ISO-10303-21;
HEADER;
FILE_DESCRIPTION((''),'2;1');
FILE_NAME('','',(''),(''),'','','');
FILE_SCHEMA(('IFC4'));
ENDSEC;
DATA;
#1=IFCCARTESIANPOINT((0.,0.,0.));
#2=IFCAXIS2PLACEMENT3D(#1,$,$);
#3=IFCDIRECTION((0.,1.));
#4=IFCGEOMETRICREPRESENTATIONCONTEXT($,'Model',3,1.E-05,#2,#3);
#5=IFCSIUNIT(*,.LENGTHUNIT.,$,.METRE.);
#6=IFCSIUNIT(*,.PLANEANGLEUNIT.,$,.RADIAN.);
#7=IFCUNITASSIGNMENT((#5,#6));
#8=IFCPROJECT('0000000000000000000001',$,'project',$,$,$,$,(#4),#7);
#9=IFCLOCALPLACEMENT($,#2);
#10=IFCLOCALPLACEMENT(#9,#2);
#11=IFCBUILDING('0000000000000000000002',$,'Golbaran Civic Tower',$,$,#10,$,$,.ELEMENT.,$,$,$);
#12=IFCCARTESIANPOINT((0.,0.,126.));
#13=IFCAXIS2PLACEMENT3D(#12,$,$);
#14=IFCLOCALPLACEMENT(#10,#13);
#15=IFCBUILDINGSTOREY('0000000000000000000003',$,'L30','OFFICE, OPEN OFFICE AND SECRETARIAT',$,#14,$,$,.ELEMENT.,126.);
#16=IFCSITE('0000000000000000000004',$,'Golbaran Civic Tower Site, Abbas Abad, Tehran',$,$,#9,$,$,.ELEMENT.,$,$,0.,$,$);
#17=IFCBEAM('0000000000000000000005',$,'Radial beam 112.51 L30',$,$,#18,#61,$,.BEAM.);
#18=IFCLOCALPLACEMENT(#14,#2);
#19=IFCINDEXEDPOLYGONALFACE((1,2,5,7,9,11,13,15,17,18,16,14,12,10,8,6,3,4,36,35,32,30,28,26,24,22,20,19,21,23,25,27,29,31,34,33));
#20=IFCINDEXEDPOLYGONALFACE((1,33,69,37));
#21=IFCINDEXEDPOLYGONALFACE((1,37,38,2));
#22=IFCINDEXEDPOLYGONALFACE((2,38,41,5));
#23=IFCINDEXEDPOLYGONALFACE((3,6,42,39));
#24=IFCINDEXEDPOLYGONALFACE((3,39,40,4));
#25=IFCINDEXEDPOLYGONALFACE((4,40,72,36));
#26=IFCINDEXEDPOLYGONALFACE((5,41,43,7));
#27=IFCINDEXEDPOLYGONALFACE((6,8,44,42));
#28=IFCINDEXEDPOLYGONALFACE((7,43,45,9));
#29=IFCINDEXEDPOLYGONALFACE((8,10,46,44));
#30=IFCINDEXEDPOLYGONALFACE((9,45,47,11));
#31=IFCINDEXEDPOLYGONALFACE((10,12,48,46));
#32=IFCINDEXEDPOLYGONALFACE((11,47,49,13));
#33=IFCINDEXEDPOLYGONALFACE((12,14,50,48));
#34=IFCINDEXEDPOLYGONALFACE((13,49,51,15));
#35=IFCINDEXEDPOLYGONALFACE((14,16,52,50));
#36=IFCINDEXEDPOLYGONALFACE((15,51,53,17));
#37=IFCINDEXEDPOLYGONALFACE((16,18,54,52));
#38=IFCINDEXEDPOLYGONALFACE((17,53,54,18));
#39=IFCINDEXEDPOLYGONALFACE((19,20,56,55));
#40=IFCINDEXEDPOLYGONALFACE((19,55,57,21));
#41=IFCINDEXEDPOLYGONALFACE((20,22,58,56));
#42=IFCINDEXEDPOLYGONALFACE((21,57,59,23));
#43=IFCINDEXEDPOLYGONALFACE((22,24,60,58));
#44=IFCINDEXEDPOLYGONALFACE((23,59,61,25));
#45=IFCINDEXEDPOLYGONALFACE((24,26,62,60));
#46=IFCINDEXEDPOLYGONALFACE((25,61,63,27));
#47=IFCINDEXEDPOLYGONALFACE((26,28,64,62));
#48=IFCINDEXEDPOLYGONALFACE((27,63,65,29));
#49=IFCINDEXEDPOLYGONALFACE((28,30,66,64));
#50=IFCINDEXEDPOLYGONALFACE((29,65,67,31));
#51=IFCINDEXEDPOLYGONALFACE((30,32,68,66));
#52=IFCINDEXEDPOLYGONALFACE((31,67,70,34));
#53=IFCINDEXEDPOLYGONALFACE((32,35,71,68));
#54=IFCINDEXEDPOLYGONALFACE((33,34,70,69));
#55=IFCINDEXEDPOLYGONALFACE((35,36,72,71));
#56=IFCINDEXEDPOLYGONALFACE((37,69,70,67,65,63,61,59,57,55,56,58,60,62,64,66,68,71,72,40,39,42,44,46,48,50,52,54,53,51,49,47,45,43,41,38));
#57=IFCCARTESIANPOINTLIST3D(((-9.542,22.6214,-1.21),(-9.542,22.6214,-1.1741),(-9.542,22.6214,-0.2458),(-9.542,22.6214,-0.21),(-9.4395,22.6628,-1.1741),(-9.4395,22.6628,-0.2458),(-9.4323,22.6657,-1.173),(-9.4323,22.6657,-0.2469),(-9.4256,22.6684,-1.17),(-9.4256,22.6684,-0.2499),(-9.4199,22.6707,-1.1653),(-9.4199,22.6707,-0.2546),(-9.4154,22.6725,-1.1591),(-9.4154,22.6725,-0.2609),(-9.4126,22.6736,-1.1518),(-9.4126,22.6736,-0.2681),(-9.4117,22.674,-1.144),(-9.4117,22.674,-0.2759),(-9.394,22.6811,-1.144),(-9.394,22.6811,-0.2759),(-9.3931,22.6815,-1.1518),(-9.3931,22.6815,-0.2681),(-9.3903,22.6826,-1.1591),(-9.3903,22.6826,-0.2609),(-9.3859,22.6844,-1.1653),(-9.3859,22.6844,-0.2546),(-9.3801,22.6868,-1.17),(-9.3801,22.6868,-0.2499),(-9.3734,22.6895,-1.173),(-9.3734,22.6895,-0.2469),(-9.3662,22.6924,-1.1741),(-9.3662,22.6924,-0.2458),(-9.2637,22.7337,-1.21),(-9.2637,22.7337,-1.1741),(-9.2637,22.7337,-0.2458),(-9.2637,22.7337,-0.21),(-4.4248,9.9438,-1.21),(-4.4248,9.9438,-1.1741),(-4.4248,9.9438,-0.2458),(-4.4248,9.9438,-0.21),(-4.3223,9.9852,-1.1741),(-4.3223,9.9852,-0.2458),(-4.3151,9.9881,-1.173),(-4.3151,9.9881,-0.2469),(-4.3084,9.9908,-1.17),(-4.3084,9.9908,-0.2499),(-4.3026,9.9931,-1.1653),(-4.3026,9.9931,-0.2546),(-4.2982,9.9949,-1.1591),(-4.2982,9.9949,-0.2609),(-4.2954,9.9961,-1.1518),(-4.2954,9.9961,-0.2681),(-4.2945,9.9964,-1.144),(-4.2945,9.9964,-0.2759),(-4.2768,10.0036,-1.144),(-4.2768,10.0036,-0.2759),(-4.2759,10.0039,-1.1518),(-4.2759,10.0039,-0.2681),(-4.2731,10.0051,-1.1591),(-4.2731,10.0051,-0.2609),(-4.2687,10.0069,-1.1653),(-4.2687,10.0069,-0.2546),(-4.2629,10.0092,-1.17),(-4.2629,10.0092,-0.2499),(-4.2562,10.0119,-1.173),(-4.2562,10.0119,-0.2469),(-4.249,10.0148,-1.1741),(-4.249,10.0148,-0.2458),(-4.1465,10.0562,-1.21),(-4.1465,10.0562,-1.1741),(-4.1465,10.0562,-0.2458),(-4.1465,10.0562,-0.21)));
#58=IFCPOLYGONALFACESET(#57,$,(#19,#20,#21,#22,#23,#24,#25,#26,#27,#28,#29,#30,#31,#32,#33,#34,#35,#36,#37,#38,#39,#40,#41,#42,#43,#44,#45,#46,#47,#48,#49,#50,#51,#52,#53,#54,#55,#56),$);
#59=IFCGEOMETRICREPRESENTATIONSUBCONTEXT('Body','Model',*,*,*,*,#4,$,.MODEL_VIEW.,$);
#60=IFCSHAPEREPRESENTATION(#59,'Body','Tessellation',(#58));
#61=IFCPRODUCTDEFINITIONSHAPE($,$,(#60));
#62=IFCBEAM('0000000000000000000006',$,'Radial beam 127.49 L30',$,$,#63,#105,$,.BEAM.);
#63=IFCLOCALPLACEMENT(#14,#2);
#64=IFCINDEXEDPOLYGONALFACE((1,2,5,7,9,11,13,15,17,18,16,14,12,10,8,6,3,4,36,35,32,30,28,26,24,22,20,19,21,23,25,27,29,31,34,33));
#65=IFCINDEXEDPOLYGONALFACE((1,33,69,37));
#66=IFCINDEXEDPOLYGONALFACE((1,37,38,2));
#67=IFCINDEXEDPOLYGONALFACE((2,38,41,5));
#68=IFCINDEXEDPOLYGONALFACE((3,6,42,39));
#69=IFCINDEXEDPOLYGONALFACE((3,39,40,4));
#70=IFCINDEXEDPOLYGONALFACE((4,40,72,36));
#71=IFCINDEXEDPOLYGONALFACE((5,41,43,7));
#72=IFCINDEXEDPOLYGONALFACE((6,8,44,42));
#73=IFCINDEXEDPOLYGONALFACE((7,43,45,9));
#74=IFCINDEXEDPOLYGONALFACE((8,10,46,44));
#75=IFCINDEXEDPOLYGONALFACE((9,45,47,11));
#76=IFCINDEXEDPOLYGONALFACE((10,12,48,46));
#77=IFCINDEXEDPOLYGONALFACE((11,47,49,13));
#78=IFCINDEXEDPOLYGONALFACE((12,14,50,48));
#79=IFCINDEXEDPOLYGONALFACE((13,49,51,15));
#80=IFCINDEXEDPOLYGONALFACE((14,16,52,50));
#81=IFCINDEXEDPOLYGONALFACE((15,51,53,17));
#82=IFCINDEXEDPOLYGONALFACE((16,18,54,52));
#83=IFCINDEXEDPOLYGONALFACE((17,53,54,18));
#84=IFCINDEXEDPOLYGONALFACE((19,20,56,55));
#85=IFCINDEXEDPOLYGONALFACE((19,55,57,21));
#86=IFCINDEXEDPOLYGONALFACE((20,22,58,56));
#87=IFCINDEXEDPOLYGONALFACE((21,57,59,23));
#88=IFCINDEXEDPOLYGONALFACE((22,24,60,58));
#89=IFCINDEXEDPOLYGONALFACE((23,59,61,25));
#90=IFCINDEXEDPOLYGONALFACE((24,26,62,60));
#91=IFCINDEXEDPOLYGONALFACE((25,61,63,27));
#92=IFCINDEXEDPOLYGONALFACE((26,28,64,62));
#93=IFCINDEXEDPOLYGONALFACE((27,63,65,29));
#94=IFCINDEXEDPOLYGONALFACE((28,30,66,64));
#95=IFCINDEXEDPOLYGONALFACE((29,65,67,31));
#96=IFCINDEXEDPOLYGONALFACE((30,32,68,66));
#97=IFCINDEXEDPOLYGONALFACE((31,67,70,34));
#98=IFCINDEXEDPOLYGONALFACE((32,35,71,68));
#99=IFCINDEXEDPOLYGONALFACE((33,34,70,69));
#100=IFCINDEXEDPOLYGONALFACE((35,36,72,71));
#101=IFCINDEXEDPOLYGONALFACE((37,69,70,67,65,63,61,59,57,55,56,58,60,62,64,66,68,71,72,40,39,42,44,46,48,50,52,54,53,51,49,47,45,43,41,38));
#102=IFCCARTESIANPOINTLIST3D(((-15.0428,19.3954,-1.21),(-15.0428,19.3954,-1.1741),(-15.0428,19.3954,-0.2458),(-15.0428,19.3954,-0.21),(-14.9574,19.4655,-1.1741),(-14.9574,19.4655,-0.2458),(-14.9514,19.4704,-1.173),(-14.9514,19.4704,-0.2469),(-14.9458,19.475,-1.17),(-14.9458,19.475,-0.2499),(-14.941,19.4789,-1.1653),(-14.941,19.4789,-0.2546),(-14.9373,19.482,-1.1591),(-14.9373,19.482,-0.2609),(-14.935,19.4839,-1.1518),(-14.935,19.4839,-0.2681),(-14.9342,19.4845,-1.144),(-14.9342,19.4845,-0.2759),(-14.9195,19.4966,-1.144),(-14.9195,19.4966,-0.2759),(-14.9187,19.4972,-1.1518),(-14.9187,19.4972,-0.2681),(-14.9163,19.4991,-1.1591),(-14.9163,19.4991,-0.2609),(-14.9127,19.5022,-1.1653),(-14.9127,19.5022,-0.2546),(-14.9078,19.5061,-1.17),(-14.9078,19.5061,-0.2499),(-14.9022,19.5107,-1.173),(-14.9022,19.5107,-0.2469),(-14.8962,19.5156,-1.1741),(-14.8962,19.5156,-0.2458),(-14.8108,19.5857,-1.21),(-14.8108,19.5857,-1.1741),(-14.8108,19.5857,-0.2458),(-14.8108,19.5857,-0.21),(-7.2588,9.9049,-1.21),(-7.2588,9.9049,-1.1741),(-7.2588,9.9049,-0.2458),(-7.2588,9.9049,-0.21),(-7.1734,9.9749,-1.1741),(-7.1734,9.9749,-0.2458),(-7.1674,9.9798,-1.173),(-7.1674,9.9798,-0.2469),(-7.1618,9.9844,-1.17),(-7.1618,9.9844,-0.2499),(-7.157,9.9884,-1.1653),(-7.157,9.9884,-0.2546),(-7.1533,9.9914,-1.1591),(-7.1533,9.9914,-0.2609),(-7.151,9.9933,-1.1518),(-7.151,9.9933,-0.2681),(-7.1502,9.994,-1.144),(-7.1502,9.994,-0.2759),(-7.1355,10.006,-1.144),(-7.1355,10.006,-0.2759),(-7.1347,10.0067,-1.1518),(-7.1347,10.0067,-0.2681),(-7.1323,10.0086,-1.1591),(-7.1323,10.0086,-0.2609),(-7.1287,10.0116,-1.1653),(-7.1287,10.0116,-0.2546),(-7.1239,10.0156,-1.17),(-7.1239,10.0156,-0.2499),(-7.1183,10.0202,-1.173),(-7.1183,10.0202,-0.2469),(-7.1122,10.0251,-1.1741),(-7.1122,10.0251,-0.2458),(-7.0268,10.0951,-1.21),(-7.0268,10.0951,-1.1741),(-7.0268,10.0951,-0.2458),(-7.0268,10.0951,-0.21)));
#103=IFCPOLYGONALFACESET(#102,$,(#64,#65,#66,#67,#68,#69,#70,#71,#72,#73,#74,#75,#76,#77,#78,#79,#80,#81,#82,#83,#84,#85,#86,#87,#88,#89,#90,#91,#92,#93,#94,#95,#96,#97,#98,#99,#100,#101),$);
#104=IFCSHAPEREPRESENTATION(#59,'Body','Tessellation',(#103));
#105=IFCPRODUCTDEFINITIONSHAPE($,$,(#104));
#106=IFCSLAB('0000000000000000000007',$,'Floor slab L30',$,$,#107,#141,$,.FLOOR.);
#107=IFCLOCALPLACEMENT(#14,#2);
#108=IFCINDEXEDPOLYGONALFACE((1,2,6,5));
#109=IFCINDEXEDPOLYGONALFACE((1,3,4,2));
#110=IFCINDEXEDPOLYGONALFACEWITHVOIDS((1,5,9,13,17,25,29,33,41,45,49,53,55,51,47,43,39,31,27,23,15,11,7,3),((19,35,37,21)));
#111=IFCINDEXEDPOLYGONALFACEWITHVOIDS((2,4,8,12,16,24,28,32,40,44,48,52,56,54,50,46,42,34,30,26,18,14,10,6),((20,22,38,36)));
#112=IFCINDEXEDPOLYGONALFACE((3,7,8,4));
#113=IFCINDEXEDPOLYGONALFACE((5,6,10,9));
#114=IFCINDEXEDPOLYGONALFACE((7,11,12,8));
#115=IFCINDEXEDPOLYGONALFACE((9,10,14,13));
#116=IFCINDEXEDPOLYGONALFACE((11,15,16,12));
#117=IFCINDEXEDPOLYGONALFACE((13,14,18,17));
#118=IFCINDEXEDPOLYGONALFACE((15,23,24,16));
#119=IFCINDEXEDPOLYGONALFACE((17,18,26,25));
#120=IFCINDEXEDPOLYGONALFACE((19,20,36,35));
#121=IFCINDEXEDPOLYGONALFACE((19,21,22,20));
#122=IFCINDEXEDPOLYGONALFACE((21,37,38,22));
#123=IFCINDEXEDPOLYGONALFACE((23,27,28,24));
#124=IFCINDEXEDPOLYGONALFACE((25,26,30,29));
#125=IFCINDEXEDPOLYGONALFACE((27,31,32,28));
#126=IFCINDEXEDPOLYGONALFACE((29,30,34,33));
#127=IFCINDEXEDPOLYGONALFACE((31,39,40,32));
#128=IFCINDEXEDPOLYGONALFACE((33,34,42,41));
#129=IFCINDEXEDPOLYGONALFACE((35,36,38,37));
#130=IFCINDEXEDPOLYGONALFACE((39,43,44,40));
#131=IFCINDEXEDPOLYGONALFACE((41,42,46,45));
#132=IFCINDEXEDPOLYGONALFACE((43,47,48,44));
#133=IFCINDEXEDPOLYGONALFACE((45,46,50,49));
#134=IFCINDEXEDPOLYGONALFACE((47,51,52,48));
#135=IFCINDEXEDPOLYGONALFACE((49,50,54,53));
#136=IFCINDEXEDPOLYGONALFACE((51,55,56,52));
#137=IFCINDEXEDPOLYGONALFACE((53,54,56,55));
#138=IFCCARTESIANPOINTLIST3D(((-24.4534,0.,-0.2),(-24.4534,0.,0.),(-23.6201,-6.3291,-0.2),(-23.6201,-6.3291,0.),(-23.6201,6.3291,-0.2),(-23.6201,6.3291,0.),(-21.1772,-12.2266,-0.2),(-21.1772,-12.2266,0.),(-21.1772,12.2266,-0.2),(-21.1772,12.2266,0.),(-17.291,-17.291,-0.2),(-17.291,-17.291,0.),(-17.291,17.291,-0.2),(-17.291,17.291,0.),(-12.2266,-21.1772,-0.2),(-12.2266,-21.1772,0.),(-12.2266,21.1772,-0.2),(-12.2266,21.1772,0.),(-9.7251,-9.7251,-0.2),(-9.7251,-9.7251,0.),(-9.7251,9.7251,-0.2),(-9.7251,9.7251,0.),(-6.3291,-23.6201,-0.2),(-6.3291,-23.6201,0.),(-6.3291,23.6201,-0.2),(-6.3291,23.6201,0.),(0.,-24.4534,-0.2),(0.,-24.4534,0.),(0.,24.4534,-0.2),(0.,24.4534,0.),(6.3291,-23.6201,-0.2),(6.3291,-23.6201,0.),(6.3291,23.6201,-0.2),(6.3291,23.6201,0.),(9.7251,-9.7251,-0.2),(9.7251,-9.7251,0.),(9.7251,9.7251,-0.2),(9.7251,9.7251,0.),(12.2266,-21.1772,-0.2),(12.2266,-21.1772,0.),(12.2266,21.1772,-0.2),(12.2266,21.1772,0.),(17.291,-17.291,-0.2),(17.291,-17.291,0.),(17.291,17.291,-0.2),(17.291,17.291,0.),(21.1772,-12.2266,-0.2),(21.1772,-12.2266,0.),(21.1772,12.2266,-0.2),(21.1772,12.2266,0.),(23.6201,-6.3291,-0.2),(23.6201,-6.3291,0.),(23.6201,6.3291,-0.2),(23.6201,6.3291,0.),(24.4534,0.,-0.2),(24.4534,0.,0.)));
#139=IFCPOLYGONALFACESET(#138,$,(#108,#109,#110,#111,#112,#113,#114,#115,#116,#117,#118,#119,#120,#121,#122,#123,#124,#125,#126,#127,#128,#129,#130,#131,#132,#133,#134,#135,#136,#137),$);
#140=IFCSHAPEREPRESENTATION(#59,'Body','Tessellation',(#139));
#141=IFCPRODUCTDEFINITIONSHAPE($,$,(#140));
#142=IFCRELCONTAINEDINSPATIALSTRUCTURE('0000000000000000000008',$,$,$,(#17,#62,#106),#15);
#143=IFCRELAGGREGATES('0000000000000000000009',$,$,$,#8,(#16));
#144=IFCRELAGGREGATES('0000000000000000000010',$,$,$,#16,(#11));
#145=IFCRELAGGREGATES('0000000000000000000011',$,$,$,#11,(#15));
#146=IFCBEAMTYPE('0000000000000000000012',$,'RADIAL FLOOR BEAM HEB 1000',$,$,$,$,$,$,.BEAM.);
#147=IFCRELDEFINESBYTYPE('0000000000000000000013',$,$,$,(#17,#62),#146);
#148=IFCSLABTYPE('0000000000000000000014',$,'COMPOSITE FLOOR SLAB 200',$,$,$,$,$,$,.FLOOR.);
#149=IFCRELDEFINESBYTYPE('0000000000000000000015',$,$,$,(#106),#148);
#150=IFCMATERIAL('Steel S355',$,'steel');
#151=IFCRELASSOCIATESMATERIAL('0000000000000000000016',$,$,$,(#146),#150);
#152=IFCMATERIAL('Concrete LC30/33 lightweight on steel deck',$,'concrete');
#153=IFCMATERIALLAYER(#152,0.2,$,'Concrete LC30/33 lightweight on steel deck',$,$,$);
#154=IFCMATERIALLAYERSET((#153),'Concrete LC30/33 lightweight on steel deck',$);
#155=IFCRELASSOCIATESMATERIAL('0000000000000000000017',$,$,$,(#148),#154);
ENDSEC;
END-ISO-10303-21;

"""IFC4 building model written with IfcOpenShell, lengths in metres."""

from ifc_helpers import new_model, si_unit, direction, frame, origin, origin_2d, place, context, subcontext, project, spatial, polyline, i_section, outline, extrude, material, layer, layer_set, material_profile, profile_set, type_object, element, save


model = new_model("IFC4")

# Units and contexts
model_context = context("Model", 3, precision=1e-05, world=origin(), true_north=direction((0.0, 1.0)))
body_context = subcontext(model_context, "Body", "Model", "MODEL_VIEW")
ifc_project = project(units=[si_unit("LENGTHUNIT", "METRE"), si_unit("PLANEANGLEUNIT", "RADIAN")], contexts=[model_context])

# Site, building, storey
site_placement = place(None, origin())
site = spatial("IfcSite", under=ifc_project, at=site_placement, Name="Golbaran Civic Tower Site, Abbas Abad, Tehran", CompositionType="ELEMENT", RefElevation=0.0)
building_placement = place(site_placement, origin())
building = spatial("IfcBuilding", under=site, at=building_placement, Name="Golbaran Civic Tower", CompositionType="ELEMENT")
storey_placement = place(building_placement, frame((0.0, 0.0, 126.0)))
storey = spatial("IfcBuildingStorey", under=building, at=storey_placement, Name="L30", Description="OFFICE, OPEN OFFICE AND SECRETARIAT", CompositionType="ELEMENT", Elevation=126.0)

# Beams
ifc_material_1 = material(Name="Steel S355", Category="steel")
ifc_material_profile_1 = material_profile(ifc_material_1, i_section(OverallWidth=0.3, OverallDepth=1.0, WebThickness=0.019, FlangeThickness=0.0359, FilletRadius=0.03, at=origin_2d()), Name="HEB 1000")
ifc_profile_set_1 = profile_set([ifc_material_profile_1], Name="Steel S355")
beam_type_1 = type_object("IfcBeamType", Name="RADIAL FLOOR BEAM HEB 1000", PredefinedType="BEAM", material=ifc_profile_set_1)
beam_1_placement = place(storey_placement, frame((-4.2856, 10.0, -0.71), z_axis=(-0.374302, 0.927307, 0.0), x_axis=(-0.927307, -0.374302, 0.0)))
element("IfcBeam", 1, at=beam_1_placement, inside=storey, type_object=beam_type_1, Name="Radial beam 112.51 L30", PredefinedType="BEAM", context=body_context, shape_type="SweptSolid", body=[
    extrude(i_section(OverallWidth=0.3, OverallDepth=1.0, WebThickness=0.019, FlangeThickness=0.0359, FilletRadius=0.03, at=origin_2d()), origin(), (0.0, 0.0, 1.0), 13.6714),
])
beam_2_placement = place(storey_placement, frame((-7.1428, 10.0, -0.71), z_axis=(-0.634165, 0.773198, 0.0), x_axis=(-0.773198, -0.634165, 0.0)))
element("IfcBeam", 2, at=beam_2_placement, inside=storey, type_object=beam_type_1, Name="Radial beam 127.49 L30", PredefinedType="BEAM", context=body_context, shape_type="SweptSolid", body=[
    extrude(i_section(OverallWidth=0.3, OverallDepth=1.0, WebThickness=0.019, FlangeThickness=0.0359, FilletRadius=0.03, at=origin_2d()), origin(), (0.0, 0.0, 1.0), 12.2744),
])

# Slab
ifc_material_2 = material(Name="Concrete LC30/33 lightweight on steel deck", Category="concrete")
ifc_layer_1 = layer(ifc_material_2, 0.2, Name="Concrete LC30/33 lightweight on steel deck")
ifc_layer_set_1 = layer_set([ifc_layer_1], Name="Concrete LC30/33 lightweight on steel deck")
slab_type_1 = type_object("IfcSlabType", Name="COMPOSITE FLOOR SLAB 200", PredefinedType="FLOOR", material=ifc_layer_set_1)
slab_1_placement = place(storey_placement, frame((0.0, 0.0, -0.2)))
element("IfcSlab", 3, at=slab_1_placement, inside=storey, type_object=slab_type_1, Name="Floor slab L30", PredefinedType="FLOOR", context=body_context, shape_type="SweptSolid", body=[
    extrude(outline(polyline([(21.1772, -12.2266), (17.291, -17.291), (12.2266, -21.1772), (6.3291, -23.6201), (0.0, -24.4534), (-6.3291, -23.6201), (-12.2266, -21.1772), (-17.291, -17.291), (-21.1772, -12.2266), (-23.6201, -6.3291), (-24.4534, 0.0), (-23.6201, 6.3291), (-21.1772, 12.2266), (-17.291, 17.291), (-12.2266, 21.1772), (-6.3291, 23.6201), (0.0, 24.4534), (6.3291, 23.6201), (12.2266, 21.1772), (17.291, 17.291), (21.1772, 12.2266), (23.6201, 6.3291), (24.4534, 0.0), (23.6201, -6.3291), (21.1772, -12.2266)]), holes=[polyline([(-9.7251, 9.7251), (-9.7251, -9.7251), (9.7251, -9.7251), (9.7251, 9.7251), (-9.7251, 9.7251)])]), origin(), (0.0, 0.0, 1.0), 0.2),
])

save(model, "model.ifc")
